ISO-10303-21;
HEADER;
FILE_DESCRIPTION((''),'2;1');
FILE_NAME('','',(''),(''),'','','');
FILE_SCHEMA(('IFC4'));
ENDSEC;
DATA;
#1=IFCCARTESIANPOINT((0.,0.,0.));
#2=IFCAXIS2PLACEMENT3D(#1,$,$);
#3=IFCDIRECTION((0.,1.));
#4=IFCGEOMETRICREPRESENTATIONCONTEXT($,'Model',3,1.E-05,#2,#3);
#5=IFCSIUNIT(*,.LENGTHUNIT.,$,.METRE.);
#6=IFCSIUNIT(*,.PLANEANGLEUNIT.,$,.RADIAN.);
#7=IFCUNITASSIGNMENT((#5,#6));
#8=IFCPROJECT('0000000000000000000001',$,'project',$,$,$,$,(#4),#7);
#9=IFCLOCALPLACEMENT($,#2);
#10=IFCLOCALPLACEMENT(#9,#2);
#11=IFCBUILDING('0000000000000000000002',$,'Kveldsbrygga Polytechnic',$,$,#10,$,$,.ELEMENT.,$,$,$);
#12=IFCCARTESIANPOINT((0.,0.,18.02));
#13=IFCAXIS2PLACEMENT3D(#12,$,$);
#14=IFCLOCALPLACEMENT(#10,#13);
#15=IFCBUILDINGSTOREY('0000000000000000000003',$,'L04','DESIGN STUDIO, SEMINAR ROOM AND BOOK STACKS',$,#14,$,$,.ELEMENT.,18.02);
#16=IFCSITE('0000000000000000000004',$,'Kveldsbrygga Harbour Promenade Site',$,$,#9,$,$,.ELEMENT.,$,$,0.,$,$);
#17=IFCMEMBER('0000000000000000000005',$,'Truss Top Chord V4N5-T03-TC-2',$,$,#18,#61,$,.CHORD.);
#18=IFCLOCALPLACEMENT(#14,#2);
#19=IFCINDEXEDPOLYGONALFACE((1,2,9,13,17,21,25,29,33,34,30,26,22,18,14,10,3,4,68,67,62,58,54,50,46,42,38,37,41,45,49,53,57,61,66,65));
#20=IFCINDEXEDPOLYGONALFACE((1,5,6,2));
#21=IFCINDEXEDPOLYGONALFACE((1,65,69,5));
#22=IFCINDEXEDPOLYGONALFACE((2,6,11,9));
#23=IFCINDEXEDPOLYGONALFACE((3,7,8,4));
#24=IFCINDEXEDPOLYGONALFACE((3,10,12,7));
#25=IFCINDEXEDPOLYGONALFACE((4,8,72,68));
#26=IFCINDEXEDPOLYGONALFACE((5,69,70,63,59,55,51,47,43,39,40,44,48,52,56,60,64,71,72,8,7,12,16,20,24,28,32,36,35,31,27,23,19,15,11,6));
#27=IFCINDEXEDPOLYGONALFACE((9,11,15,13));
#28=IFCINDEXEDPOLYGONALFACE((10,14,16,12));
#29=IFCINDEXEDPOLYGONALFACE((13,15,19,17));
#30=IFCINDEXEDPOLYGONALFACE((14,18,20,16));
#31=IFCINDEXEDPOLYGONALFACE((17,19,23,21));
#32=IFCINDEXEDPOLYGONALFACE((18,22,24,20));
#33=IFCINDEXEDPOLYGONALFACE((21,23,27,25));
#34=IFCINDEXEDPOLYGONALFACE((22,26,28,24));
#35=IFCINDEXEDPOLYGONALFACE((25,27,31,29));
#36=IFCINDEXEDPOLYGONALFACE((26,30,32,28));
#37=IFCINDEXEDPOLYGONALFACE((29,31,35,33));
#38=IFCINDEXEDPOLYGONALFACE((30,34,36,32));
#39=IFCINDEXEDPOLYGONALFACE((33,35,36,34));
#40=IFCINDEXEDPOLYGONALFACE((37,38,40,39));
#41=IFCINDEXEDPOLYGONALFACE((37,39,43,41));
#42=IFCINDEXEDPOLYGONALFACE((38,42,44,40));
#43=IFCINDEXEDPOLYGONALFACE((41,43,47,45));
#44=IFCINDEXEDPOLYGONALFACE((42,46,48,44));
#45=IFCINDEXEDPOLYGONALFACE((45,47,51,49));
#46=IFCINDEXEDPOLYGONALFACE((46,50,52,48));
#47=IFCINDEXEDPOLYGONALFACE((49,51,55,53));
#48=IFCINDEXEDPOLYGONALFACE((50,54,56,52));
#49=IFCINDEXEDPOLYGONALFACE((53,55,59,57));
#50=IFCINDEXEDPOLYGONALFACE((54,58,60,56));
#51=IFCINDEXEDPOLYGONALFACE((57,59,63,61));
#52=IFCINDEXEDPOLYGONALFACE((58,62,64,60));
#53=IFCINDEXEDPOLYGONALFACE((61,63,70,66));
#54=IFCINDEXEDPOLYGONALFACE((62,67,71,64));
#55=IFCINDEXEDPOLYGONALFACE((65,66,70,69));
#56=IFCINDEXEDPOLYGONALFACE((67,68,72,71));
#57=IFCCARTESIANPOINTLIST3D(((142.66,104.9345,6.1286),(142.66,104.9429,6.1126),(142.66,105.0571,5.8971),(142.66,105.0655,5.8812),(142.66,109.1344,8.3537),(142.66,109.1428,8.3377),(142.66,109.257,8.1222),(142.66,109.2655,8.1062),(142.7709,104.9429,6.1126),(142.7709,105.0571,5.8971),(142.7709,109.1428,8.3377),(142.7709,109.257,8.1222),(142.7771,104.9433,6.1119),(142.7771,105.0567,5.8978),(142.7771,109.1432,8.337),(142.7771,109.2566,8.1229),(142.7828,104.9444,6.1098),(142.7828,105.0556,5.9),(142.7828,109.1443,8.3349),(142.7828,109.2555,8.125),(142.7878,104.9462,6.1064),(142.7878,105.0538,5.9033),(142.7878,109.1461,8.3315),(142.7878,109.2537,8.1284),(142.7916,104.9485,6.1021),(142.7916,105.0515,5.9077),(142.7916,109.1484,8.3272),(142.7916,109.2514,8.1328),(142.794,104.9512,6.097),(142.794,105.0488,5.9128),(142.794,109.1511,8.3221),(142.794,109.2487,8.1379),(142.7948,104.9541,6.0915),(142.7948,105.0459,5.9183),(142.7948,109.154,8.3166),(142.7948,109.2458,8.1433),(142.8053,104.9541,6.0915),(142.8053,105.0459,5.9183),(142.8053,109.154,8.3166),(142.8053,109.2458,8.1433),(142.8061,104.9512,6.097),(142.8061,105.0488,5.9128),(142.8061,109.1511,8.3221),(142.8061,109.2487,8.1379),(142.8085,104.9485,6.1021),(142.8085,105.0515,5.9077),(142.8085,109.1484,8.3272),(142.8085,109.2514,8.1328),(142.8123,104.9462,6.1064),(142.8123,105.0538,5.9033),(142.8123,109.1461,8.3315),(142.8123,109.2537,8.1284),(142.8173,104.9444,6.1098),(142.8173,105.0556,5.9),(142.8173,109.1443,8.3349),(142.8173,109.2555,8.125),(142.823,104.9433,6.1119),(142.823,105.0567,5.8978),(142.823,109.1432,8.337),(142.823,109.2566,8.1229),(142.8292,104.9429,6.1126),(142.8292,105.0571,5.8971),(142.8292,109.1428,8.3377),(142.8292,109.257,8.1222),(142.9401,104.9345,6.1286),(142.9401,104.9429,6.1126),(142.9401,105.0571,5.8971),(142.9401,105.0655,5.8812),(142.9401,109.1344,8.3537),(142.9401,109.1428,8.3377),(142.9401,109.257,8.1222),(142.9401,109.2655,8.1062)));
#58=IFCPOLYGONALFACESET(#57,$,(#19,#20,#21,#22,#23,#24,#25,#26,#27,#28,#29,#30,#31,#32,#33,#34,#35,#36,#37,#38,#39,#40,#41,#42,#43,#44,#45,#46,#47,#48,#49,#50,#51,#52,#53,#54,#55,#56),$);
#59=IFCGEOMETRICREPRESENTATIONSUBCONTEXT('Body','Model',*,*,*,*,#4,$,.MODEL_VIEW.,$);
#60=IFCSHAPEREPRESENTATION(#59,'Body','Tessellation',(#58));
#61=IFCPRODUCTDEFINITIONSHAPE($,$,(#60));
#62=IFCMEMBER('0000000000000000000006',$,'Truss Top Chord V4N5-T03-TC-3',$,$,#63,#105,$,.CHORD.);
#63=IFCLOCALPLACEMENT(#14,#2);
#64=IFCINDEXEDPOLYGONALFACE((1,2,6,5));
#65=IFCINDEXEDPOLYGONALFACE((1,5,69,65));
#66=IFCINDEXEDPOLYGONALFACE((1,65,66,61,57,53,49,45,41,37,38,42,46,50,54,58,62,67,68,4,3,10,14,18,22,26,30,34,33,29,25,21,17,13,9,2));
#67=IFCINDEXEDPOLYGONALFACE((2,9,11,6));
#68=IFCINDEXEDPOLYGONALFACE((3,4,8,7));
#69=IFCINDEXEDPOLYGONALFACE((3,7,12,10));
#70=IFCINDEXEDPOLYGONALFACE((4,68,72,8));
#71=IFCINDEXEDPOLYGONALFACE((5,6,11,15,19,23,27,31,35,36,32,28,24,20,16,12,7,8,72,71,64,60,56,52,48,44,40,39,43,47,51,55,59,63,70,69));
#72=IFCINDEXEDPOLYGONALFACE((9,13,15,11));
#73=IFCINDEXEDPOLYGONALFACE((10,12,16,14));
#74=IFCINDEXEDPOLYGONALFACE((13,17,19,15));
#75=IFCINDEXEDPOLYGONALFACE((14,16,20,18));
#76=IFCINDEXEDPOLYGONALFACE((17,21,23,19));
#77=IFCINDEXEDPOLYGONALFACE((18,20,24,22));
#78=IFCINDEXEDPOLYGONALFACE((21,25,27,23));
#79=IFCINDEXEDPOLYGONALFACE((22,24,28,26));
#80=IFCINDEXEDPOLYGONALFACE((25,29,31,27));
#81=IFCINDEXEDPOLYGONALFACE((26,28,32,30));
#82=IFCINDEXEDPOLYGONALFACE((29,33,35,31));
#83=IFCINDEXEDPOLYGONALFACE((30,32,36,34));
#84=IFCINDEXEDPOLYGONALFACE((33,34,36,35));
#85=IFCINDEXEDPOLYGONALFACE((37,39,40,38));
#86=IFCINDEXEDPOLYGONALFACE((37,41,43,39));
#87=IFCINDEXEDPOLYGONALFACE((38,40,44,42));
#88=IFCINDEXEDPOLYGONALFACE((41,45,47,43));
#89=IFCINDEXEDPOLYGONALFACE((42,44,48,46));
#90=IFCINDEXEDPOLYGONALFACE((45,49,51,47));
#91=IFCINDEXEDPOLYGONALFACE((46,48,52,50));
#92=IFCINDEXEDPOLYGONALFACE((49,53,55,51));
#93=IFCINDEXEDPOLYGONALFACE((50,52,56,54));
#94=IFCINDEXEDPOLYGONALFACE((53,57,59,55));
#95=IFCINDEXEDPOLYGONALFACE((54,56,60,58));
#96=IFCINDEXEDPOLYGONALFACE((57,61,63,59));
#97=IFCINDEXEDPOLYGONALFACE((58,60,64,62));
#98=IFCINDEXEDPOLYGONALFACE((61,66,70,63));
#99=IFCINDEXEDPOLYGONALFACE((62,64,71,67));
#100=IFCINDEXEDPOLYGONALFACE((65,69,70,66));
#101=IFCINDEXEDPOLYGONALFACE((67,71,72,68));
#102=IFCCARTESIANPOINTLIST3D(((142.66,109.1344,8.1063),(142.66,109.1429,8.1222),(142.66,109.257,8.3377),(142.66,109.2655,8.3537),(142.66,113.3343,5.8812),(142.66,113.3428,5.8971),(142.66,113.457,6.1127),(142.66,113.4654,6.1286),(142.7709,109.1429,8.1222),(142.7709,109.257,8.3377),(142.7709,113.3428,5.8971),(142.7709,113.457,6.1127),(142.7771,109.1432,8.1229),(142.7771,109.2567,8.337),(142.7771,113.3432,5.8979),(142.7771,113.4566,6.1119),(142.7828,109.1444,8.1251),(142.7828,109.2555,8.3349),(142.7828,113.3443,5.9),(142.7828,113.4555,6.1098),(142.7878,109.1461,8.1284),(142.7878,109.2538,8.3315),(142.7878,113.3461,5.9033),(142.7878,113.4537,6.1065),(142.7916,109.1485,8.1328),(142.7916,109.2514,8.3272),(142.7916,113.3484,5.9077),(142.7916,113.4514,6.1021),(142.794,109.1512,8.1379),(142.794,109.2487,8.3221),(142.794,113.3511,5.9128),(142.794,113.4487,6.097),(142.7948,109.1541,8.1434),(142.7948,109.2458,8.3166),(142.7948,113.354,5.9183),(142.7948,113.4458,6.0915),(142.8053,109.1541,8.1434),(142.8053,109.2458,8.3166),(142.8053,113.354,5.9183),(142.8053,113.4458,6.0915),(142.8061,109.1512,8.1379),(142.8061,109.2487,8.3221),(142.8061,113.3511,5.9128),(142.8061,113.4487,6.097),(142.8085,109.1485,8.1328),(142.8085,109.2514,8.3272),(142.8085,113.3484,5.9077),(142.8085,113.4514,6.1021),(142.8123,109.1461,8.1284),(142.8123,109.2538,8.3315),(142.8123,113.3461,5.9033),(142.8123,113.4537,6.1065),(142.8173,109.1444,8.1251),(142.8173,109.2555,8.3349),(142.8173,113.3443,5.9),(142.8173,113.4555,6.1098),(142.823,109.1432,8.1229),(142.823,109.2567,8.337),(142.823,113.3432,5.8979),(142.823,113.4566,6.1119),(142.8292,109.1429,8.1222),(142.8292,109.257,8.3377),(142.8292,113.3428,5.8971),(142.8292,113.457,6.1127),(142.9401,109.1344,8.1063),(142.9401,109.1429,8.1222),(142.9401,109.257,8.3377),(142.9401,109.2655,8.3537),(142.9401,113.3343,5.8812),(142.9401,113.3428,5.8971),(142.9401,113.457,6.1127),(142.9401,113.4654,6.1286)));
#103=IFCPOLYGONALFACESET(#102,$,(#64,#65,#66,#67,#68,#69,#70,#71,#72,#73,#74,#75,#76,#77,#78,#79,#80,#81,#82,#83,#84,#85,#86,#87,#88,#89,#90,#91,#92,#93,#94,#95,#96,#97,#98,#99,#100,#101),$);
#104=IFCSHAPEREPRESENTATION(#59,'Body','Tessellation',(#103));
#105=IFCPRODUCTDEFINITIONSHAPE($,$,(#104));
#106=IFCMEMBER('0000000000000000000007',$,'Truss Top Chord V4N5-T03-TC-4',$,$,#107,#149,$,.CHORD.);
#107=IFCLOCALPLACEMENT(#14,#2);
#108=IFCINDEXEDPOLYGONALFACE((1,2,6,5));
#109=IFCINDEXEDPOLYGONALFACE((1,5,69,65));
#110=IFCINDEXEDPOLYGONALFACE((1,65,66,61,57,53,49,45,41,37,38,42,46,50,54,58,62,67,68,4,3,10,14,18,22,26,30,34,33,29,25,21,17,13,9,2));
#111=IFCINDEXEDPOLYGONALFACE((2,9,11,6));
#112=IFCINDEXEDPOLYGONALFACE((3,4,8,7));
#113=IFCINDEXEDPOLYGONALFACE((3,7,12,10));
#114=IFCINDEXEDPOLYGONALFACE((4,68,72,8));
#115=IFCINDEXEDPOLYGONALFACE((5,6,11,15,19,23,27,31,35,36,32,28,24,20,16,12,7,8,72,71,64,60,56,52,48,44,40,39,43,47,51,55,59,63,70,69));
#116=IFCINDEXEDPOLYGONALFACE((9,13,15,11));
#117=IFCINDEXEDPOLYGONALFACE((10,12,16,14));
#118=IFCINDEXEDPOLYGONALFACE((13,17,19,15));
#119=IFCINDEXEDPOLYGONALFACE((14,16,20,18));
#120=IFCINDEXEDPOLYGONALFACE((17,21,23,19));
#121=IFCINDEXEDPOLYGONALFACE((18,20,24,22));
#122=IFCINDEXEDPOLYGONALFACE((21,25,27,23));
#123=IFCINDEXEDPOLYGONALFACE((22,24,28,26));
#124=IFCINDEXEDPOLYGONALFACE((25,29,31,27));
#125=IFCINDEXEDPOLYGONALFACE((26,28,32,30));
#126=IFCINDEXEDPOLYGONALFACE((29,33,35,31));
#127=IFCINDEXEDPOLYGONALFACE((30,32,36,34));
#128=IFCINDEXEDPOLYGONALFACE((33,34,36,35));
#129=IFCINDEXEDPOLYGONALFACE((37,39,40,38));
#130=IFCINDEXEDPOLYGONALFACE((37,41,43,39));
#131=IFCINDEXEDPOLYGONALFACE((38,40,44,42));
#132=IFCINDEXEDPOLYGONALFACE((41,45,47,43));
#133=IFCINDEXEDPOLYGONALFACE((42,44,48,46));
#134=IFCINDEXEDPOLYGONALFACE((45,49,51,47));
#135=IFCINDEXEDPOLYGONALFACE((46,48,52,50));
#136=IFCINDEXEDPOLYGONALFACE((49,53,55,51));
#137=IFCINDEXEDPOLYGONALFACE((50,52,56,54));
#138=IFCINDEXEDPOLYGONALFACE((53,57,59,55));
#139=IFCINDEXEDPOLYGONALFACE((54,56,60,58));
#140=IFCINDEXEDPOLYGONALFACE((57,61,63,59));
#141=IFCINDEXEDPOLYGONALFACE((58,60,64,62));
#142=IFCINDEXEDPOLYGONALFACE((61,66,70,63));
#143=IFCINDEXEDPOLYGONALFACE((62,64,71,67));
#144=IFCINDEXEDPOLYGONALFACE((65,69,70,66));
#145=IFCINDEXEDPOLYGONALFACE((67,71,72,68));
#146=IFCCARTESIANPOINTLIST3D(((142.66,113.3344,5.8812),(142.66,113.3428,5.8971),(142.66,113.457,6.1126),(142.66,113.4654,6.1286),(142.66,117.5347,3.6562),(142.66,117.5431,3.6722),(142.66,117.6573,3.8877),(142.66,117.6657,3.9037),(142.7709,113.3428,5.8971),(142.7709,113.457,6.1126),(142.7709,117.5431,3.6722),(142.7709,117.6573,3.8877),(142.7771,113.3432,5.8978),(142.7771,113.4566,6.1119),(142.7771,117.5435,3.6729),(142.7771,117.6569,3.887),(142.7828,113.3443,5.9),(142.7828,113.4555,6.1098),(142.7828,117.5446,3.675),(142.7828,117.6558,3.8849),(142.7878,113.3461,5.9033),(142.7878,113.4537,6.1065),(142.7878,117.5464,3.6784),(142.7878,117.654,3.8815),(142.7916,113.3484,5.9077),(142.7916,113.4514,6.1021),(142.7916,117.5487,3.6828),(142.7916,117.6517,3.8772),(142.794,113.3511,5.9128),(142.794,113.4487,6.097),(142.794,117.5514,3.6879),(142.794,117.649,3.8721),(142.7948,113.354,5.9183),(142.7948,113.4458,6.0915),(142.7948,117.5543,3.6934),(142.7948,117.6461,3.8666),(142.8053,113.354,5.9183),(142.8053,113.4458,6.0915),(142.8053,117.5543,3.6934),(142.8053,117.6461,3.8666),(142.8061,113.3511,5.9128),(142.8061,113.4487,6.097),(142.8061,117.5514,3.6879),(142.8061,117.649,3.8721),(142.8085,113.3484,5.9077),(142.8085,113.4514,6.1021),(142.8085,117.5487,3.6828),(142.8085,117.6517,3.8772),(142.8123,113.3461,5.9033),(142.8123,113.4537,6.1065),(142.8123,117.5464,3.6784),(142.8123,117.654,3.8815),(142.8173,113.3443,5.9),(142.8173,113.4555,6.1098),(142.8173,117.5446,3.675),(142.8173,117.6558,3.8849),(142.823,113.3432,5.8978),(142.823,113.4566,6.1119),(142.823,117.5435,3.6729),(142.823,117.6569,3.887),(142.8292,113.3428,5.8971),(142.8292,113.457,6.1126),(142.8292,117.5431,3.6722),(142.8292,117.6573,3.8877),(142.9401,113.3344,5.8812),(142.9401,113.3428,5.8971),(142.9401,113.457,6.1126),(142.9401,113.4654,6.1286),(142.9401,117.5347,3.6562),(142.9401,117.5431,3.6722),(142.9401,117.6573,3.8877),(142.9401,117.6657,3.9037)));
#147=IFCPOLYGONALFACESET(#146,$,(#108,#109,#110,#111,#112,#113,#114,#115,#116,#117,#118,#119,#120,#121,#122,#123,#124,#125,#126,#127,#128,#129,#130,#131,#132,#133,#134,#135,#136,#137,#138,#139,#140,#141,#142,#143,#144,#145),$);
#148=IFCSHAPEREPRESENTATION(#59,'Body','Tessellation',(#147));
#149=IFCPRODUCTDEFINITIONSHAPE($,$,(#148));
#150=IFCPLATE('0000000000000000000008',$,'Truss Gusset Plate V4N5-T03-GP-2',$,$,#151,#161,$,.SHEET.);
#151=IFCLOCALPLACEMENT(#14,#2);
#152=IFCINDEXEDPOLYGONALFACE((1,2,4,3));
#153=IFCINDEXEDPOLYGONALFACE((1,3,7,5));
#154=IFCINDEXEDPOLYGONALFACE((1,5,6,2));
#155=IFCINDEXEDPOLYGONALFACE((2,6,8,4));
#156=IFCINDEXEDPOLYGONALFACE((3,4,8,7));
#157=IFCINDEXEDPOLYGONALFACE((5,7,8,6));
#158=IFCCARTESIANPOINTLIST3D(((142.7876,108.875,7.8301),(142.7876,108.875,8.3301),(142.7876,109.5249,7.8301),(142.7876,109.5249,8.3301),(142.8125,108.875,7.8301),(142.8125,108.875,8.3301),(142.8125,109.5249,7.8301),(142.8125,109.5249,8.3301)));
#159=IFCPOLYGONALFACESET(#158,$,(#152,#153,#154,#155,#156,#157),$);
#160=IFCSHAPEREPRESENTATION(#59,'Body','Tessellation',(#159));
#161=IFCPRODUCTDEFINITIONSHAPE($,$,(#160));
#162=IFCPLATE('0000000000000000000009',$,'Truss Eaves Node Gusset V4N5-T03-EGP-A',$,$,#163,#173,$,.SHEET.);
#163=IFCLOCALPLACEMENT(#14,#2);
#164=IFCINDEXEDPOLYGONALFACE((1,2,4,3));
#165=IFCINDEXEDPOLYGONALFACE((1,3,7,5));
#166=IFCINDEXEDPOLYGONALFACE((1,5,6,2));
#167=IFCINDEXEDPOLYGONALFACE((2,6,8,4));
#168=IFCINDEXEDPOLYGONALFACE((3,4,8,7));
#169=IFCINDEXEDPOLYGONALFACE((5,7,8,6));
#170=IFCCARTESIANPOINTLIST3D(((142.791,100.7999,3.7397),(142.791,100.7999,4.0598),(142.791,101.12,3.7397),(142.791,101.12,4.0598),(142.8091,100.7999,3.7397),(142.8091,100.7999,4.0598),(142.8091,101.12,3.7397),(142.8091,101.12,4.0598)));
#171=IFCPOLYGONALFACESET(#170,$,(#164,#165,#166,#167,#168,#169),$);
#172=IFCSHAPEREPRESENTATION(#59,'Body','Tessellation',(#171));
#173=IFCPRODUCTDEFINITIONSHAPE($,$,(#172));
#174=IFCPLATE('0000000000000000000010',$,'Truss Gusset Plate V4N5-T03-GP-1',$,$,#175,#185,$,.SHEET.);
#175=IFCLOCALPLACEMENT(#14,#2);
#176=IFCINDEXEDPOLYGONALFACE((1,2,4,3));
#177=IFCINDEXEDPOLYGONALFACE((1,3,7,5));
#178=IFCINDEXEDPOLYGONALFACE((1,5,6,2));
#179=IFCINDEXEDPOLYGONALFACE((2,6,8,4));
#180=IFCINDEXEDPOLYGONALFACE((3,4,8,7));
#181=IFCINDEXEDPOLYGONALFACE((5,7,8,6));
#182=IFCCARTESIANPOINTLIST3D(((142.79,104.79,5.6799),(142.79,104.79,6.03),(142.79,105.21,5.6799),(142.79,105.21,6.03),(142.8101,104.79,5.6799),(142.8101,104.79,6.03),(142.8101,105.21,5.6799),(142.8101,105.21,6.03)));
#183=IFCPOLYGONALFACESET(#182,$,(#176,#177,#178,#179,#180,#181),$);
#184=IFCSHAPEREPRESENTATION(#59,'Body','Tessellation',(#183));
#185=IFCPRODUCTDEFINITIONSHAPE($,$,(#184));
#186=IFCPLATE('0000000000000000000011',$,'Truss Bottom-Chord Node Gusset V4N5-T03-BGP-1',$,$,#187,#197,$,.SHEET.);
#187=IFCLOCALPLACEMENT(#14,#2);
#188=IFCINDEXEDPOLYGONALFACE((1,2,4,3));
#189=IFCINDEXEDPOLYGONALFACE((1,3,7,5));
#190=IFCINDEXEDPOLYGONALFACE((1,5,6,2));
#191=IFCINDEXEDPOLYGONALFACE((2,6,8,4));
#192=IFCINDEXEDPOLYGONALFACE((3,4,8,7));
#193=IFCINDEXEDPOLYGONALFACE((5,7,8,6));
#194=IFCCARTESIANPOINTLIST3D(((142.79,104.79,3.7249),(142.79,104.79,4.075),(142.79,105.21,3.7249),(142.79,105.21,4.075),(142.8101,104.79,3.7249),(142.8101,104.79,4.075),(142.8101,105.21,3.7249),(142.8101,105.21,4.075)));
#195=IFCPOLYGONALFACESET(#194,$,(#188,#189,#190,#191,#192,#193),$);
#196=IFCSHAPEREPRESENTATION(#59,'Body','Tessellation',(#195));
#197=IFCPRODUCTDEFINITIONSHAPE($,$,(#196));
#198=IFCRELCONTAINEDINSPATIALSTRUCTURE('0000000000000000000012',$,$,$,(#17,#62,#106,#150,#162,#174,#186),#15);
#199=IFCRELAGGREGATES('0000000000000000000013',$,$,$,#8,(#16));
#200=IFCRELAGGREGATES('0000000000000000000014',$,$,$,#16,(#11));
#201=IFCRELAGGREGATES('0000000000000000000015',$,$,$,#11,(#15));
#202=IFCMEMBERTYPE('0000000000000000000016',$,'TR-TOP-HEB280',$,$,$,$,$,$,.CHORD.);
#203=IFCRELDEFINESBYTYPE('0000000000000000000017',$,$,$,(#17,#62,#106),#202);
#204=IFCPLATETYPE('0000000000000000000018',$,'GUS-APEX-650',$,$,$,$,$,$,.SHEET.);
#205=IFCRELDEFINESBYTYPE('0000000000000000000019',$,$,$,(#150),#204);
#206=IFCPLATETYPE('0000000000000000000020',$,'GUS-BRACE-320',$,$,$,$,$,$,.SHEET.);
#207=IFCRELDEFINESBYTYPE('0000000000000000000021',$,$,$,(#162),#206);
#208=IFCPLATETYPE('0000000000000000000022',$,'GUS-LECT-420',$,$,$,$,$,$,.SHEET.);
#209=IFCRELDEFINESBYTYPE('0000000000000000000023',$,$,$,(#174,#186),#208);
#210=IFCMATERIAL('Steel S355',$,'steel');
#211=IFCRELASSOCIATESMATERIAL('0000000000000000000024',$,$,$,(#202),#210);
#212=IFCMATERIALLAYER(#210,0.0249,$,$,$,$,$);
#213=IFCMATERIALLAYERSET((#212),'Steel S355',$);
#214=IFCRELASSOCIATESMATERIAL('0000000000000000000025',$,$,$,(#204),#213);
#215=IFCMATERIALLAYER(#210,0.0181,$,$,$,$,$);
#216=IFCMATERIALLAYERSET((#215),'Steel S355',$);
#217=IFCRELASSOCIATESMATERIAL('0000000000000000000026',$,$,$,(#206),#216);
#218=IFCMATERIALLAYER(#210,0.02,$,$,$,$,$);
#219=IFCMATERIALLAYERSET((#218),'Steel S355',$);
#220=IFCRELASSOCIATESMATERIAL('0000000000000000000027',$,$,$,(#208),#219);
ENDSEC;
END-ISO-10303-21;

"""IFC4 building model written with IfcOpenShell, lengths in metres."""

from ifc_helpers import new_model, si_unit, direction, frame, origin, origin_2d, place, context, subcontext, project, spatial, rectangle, i_section, extrude, material, layer, layer_set, material_profile, profile_set, type_object, element, save


model = new_model("IFC4")

# Units and contexts
model_context = context("Model", 3, precision=1e-05, world=origin(), true_north=direction((0.0, 1.0)))
body_context = subcontext(model_context, "Body", "Model", "MODEL_VIEW")
ifc_project = project(units=[si_unit("LENGTHUNIT", "METRE"), si_unit("PLANEANGLEUNIT", "RADIAN")], contexts=[model_context])

# Site, building, storey
site_placement = place(None, origin())
site = spatial("IfcSite", under=ifc_project, at=site_placement, Name="Kveldsbrygga Harbour Promenade Site", CompositionType="ELEMENT", RefElevation=0.0)
building_placement = place(site_placement, origin())
building = spatial("IfcBuilding", under=site, at=building_placement, Name="Kveldsbrygga Polytechnic", CompositionType="ELEMENT")
storey_placement = place(building_placement, frame((0.0, 0.0, 18.02)))
storey = spatial("IfcBuildingStorey", under=building, at=storey_placement, Name="L04", Description="DESIGN STUDIO, SEMINAR ROOM AND BOOK STACKS", CompositionType="ELEMENT", Elevation=18.02)

# Members
ifc_material_1 = material(Name="Steel S355", Category="steel")
ifc_material_profile_1 = material_profile(ifc_material_1, i_section(OverallWidth=0.28, OverallDepth=0.28, WebThickness=0.0105, FlangeThickness=0.0181, FilletRadius=0.0239, at=origin_2d()), Name="HEB 280")
ifc_profile_set_1 = profile_set([ifc_material_profile_1], Name="Steel S355")
member_type_1 = type_object("IfcMemberType", Name="TR-TOP-HEB280", PredefinedType="CHORD", material=ifc_profile_set_1)
for number, where, z_axis, x_axis, name in (
    (1, (142.8, 105.0, 6.0049), (0.0, 0.883649, 0.46815), (-1.0, 0.0, 0.0), "Truss Top Chord V4N5-T03-TC-2"),
    (2, (142.8, 109.2, 8.23), (0.0, 0.883649, -0.46815), (-1.0, 0.0, 0.0), "Truss Top Chord V4N5-T03-TC-3"),
):
    element("IfcMember", number, at=place(storey_placement, frame(where, z_axis=z_axis, x_axis=x_axis)), inside=storey, type_object=member_type_1, Name=name, PredefinedType="CHORD", context=body_context, shape_type="SweptSolid", body=[
        extrude(i_section(OverallWidth=0.28, OverallDepth=0.28, WebThickness=0.0105, FlangeThickness=0.0181, FilletRadius=0.0239, at=origin_2d()), origin(), (0.0, 0.0, 1.0), 4.7529),
    ])
member_1_placement = place(storey_placement, frame((142.8, 113.3999, 6.0049), z_axis=(0.0, 0.883682, -0.468088), x_axis=(-1.0, 0.0, 0.0)))
element("IfcMember", 3, at=member_1_placement, inside=storey, type_object=member_type_1, Name="Truss Top Chord V4N5-T03-TC-4", PredefinedType="CHORD", context=body_context, shape_type="SweptSolid", body=[
    extrude(i_section(OverallWidth=0.28, OverallDepth=0.28, WebThickness=0.0105, FlangeThickness=0.0181, FilletRadius=0.0239, at=origin_2d()), origin(), (0.0, 0.0, 1.0), 4.7532),
])

# Plates
ifc_layer_1 = layer(ifc_material_1, 0.0249)
ifc_layer_set_1 = layer_set([ifc_layer_1], Name="Steel S355")
plate_type_1 = type_object("IfcPlateType", Name="GUS-APEX-650", PredefinedType="SHEET", material=ifc_layer_set_1)
plate_1_placement = place(storey_placement, frame((142.8, 109.2, 7.8301), z_axis=(0.0, 0.0, 1.0), x_axis=(1.0, 0.0, 0.0)))
element("IfcPlate", 4, at=plate_1_placement, inside=storey, type_object=plate_type_1, Name="Truss Gusset Plate V4N5-T03-GP-2", PredefinedType="SHEET", context=body_context, shape_type="SweptSolid", body=[
    extrude(rectangle(XDim=0.0249, YDim=0.6499, at=origin_2d()), origin(), (0.0, 0.0, 1.0), 0.5),
])
ifc_layer_2 = layer(ifc_material_1, 0.0181)
ifc_layer_set_2 = layer_set([ifc_layer_2], Name="Steel S355")
plate_type_2 = type_object("IfcPlateType", Name="GUS-BRACE-320", PredefinedType="SHEET", material=ifc_layer_set_2)
plate_2_placement = place(storey_placement, frame((142.8, 100.96, 3.7397), z_axis=(0.0, 0.0, 1.0), x_axis=(1.0, 0.0, 0.0)))
element("IfcPlate", 5, at=plate_2_placement, inside=storey, type_object=plate_type_2, Name="Truss Eaves Node Gusset V4N5-T03-EGP-A", PredefinedType="SHEET", context=body_context, shape_type="SweptSolid", body=[
    extrude(rectangle(XDim=0.0181, YDim=0.3201, at=origin_2d()), origin(), (0.0, 0.0, 1.0), 0.3201),
])
ifc_layer_3 = layer(ifc_material_1, 0.02)
ifc_layer_set_3 = layer_set([ifc_layer_3], Name="Steel S355")
plate_type_3 = type_object("IfcPlateType", Name="GUS-LECT-420", PredefinedType="SHEET", material=ifc_layer_set_3)
for number, where, z_axis, x_axis, name in (
    (6, (142.8, 105.0, 5.6799), (0.0, 0.0, 1.0), (1.0, 0.0, 0.0), "Truss Gusset Plate V4N5-T03-GP-1"),
    (7, (142.8, 105.0, 3.7249), (0.0, 0.0, 1.0), (1.0, 0.0, 0.0), "Truss Bottom-Chord Node Gusset V4N5-T03-BGP-1"),
):
    element("IfcPlate", number, at=place(storey_placement, frame(where, z_axis=z_axis, x_axis=x_axis)), inside=storey, type_object=plate_type_3, Name=name, PredefinedType="SHEET", context=body_context, shape_type="SweptSolid", body=[
        extrude(rectangle(XDim=0.02, YDim=0.4199, at=origin_2d()), origin(), (0.0, 0.0, 1.0), 0.3501),
    ])

save(model, "model.ifc")
